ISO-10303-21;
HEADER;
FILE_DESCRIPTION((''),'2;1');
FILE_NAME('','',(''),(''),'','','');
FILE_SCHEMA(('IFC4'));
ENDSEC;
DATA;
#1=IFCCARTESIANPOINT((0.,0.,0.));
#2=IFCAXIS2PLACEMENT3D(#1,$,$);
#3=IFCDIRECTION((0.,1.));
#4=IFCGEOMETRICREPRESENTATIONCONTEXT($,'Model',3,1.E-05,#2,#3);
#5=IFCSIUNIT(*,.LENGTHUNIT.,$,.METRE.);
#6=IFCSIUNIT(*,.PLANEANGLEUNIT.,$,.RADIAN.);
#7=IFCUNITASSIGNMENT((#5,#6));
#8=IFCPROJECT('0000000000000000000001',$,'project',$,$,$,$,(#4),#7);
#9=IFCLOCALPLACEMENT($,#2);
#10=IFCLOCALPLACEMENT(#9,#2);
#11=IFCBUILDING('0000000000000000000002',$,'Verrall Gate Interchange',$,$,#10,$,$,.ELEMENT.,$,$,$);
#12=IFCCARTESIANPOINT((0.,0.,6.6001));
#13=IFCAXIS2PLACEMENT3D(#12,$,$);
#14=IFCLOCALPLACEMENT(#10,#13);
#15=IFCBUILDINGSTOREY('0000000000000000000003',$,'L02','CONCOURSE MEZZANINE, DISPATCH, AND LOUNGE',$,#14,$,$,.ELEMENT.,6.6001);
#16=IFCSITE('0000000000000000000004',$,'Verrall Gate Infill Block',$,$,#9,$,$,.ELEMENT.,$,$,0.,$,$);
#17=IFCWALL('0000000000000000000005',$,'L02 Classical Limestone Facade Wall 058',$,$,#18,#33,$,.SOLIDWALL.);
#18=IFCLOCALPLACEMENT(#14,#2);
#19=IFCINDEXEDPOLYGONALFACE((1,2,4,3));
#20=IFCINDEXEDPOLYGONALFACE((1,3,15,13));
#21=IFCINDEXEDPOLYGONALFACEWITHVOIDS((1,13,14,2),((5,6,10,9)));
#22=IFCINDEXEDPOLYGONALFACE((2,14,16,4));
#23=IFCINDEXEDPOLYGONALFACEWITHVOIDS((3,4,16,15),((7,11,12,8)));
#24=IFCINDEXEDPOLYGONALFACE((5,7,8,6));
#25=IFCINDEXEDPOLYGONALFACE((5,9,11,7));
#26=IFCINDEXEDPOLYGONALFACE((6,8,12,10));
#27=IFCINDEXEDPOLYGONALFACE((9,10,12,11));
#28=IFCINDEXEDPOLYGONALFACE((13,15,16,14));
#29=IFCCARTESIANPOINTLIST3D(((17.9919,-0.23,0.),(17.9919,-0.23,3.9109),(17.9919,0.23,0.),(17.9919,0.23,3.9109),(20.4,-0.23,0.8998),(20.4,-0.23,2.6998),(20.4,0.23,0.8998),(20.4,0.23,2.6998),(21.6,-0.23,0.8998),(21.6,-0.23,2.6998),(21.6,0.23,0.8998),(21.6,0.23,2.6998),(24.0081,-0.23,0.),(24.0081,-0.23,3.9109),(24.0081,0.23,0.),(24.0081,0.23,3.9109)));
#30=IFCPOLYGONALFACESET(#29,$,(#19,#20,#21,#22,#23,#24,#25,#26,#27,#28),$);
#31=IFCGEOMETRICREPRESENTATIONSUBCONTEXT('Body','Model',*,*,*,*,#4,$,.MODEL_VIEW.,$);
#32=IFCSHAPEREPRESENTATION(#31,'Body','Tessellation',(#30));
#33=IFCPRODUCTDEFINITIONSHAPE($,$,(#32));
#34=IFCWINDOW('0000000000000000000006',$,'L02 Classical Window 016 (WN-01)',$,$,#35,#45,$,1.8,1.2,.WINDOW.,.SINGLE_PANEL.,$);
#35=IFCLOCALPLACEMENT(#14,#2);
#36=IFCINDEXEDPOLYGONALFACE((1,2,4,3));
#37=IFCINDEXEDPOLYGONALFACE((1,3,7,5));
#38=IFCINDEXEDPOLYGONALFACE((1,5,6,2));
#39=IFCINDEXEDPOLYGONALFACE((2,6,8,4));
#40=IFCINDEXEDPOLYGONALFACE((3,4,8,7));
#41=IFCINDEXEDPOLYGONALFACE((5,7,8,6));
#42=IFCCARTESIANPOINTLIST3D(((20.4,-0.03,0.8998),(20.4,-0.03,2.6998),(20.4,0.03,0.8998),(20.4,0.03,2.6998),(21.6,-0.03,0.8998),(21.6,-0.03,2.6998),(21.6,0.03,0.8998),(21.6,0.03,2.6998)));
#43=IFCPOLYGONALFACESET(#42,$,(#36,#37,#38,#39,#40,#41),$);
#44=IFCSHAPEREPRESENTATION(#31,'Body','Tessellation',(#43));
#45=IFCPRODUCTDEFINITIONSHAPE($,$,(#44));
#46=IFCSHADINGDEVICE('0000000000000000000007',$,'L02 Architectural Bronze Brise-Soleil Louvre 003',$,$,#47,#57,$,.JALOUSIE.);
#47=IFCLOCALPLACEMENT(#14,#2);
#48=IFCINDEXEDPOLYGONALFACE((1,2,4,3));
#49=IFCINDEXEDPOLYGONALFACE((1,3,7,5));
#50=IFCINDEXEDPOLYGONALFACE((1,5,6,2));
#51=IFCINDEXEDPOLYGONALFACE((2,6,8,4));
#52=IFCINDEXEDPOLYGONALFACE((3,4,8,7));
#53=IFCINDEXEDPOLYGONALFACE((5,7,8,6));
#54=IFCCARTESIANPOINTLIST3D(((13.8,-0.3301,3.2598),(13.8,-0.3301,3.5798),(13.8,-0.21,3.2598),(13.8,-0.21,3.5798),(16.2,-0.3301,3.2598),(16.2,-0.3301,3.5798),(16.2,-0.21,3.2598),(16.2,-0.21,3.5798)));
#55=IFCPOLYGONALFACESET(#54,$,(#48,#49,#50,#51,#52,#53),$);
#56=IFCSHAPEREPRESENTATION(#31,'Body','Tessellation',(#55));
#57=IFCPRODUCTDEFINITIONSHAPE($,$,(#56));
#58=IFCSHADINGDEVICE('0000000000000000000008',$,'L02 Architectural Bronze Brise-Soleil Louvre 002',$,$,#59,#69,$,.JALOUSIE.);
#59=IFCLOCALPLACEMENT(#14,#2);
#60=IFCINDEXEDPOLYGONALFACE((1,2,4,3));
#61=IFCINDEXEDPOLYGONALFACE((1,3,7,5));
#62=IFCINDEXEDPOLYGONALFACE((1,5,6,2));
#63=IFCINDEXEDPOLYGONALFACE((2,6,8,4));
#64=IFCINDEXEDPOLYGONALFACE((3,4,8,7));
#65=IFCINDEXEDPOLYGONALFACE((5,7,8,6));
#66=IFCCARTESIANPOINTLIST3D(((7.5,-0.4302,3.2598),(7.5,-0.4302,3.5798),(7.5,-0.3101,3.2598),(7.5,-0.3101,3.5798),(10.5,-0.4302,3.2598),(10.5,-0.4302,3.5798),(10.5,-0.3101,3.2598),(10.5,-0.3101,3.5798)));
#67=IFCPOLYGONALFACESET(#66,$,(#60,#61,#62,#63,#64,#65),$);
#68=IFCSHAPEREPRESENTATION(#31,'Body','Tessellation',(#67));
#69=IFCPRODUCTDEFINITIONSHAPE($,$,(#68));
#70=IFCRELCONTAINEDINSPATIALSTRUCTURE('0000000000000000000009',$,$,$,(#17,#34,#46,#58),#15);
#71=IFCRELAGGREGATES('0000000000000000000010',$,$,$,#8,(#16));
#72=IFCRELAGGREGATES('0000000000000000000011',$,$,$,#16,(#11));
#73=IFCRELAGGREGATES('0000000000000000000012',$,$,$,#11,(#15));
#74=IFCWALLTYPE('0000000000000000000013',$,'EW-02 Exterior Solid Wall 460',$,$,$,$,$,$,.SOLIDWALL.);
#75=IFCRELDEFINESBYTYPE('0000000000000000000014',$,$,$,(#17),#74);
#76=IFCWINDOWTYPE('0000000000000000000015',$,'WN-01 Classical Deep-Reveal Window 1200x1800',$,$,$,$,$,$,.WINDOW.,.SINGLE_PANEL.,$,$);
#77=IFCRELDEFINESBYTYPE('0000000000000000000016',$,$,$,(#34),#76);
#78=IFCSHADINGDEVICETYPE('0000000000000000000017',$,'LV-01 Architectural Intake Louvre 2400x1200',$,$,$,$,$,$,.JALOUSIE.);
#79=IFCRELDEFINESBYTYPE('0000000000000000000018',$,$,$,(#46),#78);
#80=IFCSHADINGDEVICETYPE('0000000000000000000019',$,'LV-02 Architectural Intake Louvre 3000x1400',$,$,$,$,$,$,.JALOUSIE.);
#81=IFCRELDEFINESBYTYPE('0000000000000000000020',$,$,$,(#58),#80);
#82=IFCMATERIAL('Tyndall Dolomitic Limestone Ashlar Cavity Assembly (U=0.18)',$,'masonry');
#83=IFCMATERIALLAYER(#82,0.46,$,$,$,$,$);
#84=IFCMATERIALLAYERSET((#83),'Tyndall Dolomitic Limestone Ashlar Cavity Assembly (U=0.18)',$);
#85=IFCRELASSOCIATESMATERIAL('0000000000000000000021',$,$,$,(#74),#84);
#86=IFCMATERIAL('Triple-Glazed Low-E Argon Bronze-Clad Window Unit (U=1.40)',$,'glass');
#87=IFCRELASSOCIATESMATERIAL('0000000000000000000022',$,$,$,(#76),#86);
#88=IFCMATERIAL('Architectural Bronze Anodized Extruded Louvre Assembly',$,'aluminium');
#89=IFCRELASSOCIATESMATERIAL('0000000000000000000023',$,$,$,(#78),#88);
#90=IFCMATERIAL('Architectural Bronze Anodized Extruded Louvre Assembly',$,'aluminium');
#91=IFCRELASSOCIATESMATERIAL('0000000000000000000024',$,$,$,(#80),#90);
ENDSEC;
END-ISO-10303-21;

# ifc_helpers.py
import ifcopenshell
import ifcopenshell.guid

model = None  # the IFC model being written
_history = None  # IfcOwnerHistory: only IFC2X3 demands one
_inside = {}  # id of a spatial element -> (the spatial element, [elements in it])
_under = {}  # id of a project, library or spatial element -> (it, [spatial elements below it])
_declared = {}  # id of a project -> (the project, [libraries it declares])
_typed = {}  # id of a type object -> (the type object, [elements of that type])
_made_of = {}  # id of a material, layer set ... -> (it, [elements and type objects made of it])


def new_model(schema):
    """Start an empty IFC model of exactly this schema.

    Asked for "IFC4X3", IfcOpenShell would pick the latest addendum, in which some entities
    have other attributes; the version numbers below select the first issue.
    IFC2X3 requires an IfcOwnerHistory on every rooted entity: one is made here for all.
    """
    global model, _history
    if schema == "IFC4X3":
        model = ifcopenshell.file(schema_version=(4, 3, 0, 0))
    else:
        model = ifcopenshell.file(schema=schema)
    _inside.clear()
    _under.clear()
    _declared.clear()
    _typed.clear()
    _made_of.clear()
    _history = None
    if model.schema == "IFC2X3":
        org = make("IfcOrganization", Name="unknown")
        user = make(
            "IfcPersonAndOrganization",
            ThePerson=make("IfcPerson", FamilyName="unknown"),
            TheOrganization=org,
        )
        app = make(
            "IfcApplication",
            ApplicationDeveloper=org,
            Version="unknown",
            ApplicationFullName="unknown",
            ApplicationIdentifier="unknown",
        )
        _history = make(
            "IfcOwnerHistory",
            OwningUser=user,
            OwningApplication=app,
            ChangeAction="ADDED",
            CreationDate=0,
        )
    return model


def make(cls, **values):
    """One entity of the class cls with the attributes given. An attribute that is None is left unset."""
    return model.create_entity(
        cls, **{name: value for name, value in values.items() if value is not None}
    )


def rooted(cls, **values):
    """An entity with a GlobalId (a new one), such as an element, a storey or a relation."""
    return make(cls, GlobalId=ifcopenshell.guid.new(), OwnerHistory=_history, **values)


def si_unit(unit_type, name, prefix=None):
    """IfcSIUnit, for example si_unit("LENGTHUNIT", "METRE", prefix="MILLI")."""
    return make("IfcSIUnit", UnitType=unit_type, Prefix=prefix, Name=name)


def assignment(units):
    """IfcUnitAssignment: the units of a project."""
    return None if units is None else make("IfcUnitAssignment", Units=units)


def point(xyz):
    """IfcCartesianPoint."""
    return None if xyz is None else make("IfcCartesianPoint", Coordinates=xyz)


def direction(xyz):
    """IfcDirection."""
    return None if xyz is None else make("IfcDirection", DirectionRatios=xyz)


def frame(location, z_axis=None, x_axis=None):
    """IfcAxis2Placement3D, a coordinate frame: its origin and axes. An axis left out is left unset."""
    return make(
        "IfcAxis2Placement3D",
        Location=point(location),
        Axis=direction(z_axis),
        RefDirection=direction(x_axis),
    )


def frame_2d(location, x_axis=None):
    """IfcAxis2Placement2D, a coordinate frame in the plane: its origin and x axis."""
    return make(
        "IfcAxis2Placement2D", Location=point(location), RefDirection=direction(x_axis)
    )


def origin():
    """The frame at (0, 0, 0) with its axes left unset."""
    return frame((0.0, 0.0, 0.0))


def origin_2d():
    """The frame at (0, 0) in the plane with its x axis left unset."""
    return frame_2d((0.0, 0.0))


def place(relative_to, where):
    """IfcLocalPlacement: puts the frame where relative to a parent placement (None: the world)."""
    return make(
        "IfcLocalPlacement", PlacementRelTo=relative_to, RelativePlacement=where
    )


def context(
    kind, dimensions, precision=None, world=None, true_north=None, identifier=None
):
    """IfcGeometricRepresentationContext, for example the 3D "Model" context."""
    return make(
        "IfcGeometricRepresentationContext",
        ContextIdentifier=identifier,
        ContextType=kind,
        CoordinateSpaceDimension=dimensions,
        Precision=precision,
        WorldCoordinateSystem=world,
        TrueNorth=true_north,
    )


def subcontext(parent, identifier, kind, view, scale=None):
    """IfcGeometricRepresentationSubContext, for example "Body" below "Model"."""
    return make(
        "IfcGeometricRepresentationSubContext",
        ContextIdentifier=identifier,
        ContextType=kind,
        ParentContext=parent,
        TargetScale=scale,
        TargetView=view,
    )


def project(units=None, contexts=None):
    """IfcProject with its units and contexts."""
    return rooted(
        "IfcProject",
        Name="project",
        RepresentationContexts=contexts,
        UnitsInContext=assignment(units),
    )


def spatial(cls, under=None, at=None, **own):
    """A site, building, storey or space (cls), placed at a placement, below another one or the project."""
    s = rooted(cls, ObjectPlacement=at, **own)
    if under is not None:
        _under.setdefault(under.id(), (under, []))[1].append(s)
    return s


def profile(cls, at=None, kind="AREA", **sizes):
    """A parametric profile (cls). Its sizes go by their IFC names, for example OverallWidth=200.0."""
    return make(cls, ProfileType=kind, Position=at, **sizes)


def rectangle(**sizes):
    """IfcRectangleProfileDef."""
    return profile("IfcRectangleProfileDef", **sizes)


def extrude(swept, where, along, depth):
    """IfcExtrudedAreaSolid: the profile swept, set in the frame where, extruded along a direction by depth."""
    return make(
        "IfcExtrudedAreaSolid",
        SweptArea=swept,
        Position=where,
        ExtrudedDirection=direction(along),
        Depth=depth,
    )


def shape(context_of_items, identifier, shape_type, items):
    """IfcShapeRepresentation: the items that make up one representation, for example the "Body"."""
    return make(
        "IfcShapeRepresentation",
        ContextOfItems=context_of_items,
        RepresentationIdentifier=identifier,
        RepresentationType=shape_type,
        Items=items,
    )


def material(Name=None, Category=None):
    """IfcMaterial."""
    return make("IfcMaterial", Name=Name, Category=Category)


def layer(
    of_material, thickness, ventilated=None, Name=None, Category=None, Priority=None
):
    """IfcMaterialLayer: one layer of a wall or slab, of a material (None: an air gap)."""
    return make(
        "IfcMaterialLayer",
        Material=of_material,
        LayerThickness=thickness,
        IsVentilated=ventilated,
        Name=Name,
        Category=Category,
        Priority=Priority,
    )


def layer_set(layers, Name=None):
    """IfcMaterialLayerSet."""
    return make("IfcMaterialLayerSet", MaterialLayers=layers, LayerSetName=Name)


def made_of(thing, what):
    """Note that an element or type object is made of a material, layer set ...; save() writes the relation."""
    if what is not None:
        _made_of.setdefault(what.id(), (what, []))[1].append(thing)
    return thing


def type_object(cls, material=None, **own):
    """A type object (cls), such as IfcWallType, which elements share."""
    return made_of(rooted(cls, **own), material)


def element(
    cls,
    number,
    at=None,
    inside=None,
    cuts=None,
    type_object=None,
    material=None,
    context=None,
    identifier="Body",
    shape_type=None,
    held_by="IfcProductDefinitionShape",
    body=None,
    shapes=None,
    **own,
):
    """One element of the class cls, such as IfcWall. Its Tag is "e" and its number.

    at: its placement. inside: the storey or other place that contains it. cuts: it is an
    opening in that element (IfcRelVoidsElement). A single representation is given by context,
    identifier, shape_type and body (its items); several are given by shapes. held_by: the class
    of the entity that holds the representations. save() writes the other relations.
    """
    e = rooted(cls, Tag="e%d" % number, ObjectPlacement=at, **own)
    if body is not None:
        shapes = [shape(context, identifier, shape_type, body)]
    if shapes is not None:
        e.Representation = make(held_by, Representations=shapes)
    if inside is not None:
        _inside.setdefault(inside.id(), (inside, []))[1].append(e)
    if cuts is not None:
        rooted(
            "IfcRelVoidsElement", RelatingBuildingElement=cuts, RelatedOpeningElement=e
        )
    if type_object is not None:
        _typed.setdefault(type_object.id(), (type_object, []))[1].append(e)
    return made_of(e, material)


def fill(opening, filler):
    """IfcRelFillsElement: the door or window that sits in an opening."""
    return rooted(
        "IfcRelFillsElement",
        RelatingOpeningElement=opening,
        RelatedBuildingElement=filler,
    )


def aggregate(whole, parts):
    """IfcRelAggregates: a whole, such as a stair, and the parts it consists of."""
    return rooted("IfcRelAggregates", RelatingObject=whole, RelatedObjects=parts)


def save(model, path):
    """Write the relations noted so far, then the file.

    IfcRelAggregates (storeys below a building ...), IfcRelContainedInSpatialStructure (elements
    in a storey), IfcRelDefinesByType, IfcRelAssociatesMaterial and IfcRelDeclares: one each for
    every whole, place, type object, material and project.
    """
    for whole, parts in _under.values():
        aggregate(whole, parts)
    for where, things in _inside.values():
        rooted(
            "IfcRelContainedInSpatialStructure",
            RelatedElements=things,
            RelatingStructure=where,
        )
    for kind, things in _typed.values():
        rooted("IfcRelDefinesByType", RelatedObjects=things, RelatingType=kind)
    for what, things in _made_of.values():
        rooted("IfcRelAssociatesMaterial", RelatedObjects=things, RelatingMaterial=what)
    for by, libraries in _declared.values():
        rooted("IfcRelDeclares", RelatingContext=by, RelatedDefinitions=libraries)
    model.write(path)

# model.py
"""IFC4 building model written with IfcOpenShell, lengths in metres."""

from ifc_helpers import new_model, si_unit, direction, frame, frame_2d, origin, origin_2d, place, context, subcontext, project, spatial, rectangle, extrude, material, layer, layer_set, type_object, element, fill, save


model = new_model("IFC4")

# Units and contexts
model_context = context("Model", 3, precision=1e-05, world=origin(), true_north=direction((0.0, 1.0)))
body_context = subcontext(model_context, "Body", "Model", "MODEL_VIEW")
ifc_project = project(units=[si_unit("LENGTHUNIT", "METRE"), si_unit("PLANEANGLEUNIT", "RADIAN")], contexts=[model_context])

# Site, building, storey
site_placement = place(None, origin())
site = spatial("IfcSite", under=ifc_project, at=site_placement, Name="Verrall Gate Infill Block", CompositionType="ELEMENT", RefElevation=0.0)
building_placement = place(site_placement, origin())
building = spatial("IfcBuilding", under=site, at=building_placement, Name="Verrall Gate Interchange", CompositionType="ELEMENT")
storey_placement = place(building_placement, frame((0.0, 0.0, 6.6001)))
storey = spatial("IfcBuildingStorey", under=building, at=storey_placement, Name="L02", Description="CONCOURSE MEZZANINE, DISPATCH, AND LOUNGE", CompositionType="ELEMENT", Elevation=6.6001)

# Wall, opening, window
ifc_material_1 = material(Name="Tyndall Dolomitic Limestone Ashlar Cavity Assembly (U=0.18)", Category="masonry")
ifc_layer_1 = layer(ifc_material_1, 0.46)
ifc_layer_set_1 = layer_set([ifc_layer_1], Name="Tyndall Dolomitic Limestone Ashlar Cavity Assembly (U=0.18)")
wall_type_1 = type_object("IfcWallType", Name="EW-02 Exterior Solid Wall 460", PredefinedType="SOLIDWALL", material=ifc_layer_set_1)
wall_1_placement = place(storey_placement, frame((17.9919, 0.0, 0.0), z_axis=(0.0, 0.0, 1.0), x_axis=(1.0, 0.0, 0.0)))
wall_1 = element("IfcWall", 1, at=wall_1_placement, inside=storey, type_object=wall_type_1, Name="L02 Classical Limestone Facade Wall 058", PredefinedType="SOLIDWALL", context=body_context, shape_type="SweptSolid", body=[
    extrude(rectangle(XDim=6.0161, YDim=0.46, at=frame_2d((3.0081, 0.0))), origin(), (0.0, 0.0, 1.0), 3.9109),
])
opening_1_placement = place(wall_1_placement, frame((2.408, 0.0, 0.8999)))
opening_1 = element("IfcOpeningElement", 2, at=opening_1_placement, cuts=wall_1, PredefinedType="OPENING", context=body_context, shape_type="SweptSolid", body=[
    extrude(rectangle(XDim=1.2, YDim=1.8, at=frame_2d((0.6001, 0.8999))), frame((0.0, 0.2449, 0.0), z_axis=(0.0, -1.0, 0.0), x_axis=(1.0, 0.0, 0.0)), (0.0, 0.0, 1.0), 0.4897),
])
ifc_material_2 = material(Name="Triple-Glazed Low-E Argon Bronze-Clad Window Unit (U=1.40)", Category="glass")
window_type_1 = type_object("IfcWindowType", Name="WN-01 Classical Deep-Reveal Window 1200x1800", PartitioningType="SINGLE_PANEL", PredefinedType="WINDOW", material=ifc_material_2)
window_1_placement = place(opening_1_placement, origin())
window_1 = element("IfcWindow", 3, at=window_1_placement, inside=storey, type_object=window_type_1, Name="L02 Classical Window 016 (WN-01)", OverallHeight=1.8, OverallWidth=1.2, PartitioningType="SINGLE_PANEL", PredefinedType="WINDOW", context=body_context, shape_type="SweptSolid", body=[
    extrude(rectangle(XDim=1.2, YDim=1.8, at=frame_2d((0.6001, 0.8999))), frame((0.0, 0.03, 0.0), z_axis=(0.0, -1.0, 0.0), x_axis=(1.0, 0.0, 0.0)), (0.0, 0.0, 1.0), 0.0601),
])
fill(opening_1, window_1)

# Shading devices
ifc_material_3 = material(Name="Architectural Bronze Anodized Extruded Louvre Assembly", Category="aluminium")
shading_device_type_1 = type_object("IfcShadingDeviceType", Name="LV-01 Architectural Intake Louvre 2400x1200", PredefinedType="JALOUSIE", material=ifc_material_3)
shading_device_1_placement = place(storey_placement, frame((15.0, -0.27, 3.2598), z_axis=(0.0, 0.0, 1.0), x_axis=(1.0, 0.0, 0.0)))
element("IfcShadingDevice", 4, at=shading_device_1_placement, inside=storey, type_object=shading_device_type_1, Name="L02 Architectural Bronze Brise-Soleil Louvre 003", PredefinedType="JALOUSIE", context=body_context, shape_type="SweptSolid", body=[
    extrude(rectangle(XDim=2.3999, YDim=0.1201, at=origin_2d()), origin(), (0.0, 0.0, 1.0), 0.3201),
])
ifc_material_4 = material(Name="Architectural Bronze Anodized Extruded Louvre Assembly", Category="aluminium")
shading_device_type_2 = type_object("IfcShadingDeviceType", Name="LV-02 Architectural Intake Louvre 3000x1400", PredefinedType="JALOUSIE", material=ifc_material_4)
shading_device_2_placement = place(storey_placement, frame((9.0, -0.3701, 3.2598), z_axis=(0.0, 0.0, 1.0), x_axis=(1.0, 0.0, 0.0)))
element("IfcShadingDevice", 5, at=shading_device_2_placement, inside=storey, type_object=shading_device_type_2, Name="L02 Architectural Bronze Brise-Soleil Louvre 002", PredefinedType="JALOUSIE", context=body_context, shape_type="SweptSolid", body=[
    extrude(rectangle(XDim=3.0, YDim=0.1201, at=origin_2d()), origin(), (0.0, 0.0, 1.0), 0.3201),
])

save(model, "model.ifc")
